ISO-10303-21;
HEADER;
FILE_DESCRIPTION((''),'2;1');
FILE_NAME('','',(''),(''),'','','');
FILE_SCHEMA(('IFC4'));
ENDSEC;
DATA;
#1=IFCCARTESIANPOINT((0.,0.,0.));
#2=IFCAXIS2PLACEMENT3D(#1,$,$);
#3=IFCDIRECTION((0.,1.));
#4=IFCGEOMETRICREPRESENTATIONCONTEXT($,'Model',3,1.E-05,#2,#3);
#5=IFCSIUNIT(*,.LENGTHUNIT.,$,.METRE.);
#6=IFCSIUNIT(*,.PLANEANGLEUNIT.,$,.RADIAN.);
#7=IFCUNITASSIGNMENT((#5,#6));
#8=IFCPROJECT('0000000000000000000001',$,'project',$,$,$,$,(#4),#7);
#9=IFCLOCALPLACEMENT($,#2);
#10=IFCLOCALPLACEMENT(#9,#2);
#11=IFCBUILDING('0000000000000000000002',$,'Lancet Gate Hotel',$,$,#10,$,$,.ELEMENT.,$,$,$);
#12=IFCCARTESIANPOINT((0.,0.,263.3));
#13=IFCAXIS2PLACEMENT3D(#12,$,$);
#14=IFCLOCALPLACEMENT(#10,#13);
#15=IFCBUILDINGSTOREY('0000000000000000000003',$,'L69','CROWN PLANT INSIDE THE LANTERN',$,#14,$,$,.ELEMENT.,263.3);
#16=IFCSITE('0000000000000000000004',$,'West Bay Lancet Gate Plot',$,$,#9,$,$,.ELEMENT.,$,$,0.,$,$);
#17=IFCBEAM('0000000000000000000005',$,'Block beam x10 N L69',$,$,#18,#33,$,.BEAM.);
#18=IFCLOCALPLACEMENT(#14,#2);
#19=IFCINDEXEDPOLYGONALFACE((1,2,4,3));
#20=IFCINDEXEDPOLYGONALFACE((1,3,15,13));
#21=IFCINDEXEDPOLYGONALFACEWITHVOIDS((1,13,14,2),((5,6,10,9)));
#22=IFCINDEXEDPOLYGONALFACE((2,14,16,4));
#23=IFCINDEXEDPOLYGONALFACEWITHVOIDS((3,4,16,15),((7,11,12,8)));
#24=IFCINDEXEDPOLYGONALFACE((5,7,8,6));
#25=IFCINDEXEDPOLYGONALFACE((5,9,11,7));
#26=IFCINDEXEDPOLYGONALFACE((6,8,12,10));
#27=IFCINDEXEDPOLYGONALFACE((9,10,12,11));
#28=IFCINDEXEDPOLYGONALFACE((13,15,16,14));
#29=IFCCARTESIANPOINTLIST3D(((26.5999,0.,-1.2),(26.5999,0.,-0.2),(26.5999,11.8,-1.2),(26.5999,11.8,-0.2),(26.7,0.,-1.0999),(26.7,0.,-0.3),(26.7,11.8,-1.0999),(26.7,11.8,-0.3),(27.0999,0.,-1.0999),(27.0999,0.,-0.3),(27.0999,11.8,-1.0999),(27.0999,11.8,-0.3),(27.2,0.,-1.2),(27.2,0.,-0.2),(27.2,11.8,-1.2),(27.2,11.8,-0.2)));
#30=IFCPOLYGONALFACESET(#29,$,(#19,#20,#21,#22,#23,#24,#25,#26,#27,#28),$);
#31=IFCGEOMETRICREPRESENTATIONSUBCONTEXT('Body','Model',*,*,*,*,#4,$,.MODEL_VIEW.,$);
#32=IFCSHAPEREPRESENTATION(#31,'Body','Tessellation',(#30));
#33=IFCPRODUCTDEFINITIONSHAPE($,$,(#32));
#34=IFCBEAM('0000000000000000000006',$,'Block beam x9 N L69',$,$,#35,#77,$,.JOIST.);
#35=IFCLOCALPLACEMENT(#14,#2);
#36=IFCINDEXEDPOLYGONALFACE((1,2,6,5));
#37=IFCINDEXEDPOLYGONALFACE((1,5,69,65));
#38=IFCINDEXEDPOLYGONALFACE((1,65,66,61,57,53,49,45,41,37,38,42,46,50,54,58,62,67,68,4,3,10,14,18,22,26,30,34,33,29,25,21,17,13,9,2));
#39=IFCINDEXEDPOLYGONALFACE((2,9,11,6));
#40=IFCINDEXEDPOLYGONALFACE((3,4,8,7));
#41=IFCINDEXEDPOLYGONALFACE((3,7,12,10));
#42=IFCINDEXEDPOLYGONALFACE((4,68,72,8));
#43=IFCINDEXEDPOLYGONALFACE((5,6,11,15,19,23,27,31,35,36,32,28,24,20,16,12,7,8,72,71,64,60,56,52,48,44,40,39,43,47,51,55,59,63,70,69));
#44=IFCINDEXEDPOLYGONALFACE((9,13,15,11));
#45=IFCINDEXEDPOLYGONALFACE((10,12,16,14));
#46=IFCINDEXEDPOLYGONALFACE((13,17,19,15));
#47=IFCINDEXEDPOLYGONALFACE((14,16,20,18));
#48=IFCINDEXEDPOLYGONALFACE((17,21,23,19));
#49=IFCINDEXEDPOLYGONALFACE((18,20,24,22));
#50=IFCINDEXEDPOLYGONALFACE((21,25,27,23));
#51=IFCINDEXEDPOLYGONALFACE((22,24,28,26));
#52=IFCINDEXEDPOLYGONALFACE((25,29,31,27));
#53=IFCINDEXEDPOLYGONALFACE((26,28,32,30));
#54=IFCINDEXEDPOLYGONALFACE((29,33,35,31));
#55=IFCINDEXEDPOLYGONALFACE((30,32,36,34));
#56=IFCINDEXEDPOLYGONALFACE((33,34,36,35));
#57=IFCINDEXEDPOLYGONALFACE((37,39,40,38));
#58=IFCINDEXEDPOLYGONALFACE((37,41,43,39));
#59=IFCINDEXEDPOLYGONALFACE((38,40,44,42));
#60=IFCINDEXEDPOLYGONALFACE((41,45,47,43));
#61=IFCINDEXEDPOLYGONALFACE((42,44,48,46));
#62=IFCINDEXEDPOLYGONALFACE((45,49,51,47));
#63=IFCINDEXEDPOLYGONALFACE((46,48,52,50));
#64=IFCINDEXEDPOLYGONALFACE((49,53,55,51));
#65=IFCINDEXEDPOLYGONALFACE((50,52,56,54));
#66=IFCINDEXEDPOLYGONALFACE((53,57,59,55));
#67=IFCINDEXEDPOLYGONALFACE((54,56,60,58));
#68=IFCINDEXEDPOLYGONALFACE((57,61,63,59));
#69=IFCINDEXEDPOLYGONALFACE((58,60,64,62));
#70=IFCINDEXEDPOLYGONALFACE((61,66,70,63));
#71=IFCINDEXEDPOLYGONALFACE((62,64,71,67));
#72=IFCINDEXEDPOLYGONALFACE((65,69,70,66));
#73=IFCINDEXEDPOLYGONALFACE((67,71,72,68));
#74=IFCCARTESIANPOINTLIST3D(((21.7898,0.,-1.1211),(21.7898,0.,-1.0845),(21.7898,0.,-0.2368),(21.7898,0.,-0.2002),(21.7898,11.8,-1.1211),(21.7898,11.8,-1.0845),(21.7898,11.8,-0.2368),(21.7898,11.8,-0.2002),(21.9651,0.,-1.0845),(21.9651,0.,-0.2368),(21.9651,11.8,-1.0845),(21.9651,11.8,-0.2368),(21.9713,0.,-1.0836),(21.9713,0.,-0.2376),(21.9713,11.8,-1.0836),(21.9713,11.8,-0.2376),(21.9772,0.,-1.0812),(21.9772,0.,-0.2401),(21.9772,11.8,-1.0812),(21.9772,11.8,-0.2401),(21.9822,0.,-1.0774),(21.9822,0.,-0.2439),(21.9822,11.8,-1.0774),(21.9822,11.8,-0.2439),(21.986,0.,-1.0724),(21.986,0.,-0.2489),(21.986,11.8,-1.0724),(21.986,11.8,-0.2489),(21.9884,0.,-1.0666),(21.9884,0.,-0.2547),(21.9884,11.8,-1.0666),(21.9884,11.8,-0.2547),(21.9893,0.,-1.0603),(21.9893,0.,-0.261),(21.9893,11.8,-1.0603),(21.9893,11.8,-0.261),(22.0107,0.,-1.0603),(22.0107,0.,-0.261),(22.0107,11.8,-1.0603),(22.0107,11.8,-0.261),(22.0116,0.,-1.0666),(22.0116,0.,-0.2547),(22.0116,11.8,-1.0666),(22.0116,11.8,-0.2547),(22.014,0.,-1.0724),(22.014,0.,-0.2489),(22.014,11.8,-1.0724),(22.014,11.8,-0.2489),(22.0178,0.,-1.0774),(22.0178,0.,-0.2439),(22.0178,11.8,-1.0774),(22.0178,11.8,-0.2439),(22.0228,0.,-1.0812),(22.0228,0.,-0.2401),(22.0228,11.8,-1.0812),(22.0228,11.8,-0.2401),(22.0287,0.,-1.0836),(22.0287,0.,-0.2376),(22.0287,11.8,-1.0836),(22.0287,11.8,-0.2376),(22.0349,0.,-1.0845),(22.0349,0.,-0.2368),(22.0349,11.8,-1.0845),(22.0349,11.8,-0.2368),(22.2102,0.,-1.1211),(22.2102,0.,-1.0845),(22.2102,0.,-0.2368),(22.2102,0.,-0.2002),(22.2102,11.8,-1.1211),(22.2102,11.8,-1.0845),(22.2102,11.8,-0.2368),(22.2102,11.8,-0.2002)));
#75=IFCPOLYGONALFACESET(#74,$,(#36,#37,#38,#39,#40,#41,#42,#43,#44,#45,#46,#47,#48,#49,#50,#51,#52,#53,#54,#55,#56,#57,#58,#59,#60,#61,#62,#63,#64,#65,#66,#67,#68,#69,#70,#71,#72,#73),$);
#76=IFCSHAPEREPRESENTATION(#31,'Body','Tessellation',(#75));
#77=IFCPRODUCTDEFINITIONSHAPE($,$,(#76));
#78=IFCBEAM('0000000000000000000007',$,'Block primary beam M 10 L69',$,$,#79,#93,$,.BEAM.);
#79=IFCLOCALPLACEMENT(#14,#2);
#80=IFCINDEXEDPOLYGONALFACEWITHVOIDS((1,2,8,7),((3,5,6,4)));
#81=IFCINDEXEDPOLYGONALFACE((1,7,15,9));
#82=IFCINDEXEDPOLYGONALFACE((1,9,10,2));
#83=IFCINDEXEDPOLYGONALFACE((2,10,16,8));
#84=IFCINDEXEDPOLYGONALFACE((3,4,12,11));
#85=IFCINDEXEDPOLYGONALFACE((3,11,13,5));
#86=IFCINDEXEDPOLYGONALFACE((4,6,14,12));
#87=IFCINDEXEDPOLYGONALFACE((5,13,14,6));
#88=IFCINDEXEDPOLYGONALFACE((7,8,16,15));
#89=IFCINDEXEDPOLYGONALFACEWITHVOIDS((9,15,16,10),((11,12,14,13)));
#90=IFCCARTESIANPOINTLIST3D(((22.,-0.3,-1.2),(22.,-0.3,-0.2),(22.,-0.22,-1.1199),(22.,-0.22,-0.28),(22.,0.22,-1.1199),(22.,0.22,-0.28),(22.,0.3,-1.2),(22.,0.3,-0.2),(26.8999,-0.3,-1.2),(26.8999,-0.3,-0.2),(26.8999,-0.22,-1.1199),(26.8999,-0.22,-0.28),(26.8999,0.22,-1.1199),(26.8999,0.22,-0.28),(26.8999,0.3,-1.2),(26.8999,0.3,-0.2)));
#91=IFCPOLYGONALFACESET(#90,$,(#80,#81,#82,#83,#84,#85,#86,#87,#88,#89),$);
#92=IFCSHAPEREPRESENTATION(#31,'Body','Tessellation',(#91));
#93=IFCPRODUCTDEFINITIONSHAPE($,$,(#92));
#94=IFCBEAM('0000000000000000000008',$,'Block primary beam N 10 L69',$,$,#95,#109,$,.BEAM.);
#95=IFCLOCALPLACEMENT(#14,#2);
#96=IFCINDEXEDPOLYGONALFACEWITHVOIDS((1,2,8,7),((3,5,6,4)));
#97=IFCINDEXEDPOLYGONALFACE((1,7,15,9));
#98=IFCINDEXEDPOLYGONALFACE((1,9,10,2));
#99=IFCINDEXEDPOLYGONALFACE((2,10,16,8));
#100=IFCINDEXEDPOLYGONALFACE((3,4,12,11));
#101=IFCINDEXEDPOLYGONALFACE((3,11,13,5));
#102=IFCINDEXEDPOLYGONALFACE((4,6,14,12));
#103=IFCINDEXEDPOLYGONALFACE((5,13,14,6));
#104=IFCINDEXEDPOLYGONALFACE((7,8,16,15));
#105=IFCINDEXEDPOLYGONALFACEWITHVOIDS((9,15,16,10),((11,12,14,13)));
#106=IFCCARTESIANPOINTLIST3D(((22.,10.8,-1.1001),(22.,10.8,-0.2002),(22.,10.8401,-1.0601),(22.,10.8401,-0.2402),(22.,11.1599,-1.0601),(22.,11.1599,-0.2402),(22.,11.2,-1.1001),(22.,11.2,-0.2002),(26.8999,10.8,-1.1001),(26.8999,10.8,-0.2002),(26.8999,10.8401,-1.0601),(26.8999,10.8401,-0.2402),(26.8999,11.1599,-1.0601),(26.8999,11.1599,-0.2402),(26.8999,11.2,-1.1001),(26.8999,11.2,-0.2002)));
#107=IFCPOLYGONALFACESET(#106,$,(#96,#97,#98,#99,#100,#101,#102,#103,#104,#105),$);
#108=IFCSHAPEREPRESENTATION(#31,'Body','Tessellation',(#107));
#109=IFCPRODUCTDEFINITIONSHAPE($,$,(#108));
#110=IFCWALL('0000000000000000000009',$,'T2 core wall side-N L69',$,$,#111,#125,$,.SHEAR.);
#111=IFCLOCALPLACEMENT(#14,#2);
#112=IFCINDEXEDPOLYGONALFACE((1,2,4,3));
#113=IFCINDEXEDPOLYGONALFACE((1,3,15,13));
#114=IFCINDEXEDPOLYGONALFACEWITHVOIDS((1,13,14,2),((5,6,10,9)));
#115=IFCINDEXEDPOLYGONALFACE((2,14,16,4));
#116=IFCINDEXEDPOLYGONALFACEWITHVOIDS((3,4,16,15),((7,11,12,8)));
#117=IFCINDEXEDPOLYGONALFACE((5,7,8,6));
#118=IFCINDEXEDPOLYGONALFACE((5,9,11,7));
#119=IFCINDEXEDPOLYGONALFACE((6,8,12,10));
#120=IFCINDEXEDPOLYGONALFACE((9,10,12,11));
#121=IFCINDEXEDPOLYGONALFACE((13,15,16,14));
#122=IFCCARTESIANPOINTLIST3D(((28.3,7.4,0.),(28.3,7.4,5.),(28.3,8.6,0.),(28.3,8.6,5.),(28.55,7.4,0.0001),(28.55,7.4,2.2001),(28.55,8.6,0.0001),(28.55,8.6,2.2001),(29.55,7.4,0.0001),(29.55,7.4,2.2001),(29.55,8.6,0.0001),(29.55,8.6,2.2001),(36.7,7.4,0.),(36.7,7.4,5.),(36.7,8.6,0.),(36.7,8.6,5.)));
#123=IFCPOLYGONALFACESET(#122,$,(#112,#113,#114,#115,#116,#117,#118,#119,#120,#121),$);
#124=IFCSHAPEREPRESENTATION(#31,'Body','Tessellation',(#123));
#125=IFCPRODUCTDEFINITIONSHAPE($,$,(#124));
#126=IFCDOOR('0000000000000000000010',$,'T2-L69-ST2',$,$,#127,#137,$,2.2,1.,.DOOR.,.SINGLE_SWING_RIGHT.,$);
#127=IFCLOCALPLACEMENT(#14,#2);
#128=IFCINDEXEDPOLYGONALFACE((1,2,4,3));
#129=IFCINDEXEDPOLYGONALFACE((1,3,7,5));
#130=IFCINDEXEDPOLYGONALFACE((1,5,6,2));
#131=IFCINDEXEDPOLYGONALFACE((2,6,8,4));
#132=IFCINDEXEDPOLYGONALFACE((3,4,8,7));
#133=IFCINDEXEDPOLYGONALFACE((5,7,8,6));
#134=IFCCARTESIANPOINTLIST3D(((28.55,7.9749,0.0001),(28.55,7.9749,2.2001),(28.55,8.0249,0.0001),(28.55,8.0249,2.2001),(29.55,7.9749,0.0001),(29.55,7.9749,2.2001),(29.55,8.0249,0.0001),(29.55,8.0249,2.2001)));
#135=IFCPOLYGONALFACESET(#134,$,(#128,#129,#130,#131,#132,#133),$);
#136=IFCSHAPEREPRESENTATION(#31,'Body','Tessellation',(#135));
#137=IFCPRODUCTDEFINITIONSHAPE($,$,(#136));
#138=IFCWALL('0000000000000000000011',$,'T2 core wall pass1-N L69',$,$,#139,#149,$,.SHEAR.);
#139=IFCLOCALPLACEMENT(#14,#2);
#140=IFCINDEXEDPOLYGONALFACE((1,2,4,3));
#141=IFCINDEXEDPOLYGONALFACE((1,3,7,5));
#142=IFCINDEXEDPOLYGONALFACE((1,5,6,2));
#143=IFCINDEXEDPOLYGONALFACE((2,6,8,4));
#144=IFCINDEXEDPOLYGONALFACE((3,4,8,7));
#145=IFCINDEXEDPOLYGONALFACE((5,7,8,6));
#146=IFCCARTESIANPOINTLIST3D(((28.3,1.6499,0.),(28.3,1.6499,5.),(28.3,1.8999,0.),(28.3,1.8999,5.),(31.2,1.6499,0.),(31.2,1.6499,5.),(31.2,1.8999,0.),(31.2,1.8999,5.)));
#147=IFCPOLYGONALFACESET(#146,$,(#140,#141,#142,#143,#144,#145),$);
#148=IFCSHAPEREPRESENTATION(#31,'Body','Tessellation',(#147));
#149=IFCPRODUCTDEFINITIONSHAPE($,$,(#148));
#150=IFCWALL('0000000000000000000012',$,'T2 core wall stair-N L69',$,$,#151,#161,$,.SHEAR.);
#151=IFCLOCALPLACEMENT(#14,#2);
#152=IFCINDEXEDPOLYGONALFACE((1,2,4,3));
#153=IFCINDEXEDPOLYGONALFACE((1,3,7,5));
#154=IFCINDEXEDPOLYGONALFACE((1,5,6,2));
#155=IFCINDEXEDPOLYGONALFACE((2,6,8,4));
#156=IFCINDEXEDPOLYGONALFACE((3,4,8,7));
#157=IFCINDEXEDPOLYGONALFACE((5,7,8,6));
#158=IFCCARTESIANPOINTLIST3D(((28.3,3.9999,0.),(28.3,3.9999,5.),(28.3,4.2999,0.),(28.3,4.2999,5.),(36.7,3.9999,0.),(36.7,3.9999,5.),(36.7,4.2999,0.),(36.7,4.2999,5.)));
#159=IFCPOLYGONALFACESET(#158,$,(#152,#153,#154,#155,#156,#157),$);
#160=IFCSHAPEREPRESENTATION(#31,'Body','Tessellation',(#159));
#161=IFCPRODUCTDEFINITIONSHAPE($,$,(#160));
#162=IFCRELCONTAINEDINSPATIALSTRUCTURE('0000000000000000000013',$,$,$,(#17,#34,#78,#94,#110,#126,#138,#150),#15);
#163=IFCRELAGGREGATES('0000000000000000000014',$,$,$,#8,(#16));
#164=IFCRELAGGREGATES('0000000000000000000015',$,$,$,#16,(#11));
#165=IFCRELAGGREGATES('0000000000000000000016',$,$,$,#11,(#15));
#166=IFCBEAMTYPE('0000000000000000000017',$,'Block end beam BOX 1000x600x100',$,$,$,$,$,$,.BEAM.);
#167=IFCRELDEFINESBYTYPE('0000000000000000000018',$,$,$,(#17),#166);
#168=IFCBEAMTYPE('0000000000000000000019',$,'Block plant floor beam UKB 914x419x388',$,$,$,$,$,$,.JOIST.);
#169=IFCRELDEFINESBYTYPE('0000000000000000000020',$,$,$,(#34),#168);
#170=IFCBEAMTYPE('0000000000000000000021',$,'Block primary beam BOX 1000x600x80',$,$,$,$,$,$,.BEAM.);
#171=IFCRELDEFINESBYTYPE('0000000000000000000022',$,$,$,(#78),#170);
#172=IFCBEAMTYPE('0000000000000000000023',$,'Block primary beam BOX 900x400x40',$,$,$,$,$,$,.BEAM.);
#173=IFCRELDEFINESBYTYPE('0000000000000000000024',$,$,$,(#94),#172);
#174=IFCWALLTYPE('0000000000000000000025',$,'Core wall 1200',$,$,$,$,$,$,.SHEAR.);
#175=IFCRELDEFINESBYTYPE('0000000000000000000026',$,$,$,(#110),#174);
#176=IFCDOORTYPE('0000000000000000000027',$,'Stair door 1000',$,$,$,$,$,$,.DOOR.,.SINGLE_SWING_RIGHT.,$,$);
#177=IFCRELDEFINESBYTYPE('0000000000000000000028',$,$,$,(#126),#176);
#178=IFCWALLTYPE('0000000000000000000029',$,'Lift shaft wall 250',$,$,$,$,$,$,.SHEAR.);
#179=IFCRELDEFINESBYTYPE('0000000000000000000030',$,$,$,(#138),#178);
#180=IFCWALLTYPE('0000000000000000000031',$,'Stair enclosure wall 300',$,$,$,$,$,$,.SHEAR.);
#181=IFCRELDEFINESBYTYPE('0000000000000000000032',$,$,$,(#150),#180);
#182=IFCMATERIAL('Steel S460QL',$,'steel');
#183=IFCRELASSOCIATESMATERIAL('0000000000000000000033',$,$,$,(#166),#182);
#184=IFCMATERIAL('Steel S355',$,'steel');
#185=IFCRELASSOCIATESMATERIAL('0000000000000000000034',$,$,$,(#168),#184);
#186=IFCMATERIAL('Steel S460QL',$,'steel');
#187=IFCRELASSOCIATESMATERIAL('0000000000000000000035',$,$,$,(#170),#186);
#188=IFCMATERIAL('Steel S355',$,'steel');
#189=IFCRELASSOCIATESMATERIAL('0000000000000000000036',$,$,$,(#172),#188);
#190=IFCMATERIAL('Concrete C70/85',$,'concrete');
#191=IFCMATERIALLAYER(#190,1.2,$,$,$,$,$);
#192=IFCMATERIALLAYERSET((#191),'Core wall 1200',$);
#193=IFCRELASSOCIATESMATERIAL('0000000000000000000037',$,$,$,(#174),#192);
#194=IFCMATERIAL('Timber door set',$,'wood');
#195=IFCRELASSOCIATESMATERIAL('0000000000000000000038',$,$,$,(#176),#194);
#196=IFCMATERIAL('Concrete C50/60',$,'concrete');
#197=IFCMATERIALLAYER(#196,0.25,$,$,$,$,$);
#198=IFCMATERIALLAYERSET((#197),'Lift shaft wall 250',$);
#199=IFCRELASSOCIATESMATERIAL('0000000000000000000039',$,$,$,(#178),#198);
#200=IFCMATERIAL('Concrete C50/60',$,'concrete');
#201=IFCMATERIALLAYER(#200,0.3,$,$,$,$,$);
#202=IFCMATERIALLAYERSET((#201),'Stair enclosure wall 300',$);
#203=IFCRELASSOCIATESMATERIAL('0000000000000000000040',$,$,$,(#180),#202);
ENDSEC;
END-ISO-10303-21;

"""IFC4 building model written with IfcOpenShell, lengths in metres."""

from ifc_helpers import new_model, si_unit, direction, frame, frame_2d, origin, origin_2d, place, context, subcontext, project, spatial, rectangle, hollow_rectangle, i_section, extrude, material, layer, layer_set, material_profile, profile_set, type_object, element, fill, save


model = new_model("IFC4")

# Units and contexts
model_context = context("Model", 3, precision=1e-05, world=origin(), true_north=direction((0.0, 1.0)))
body_context = subcontext(model_context, "Body", "Model", "MODEL_VIEW")
ifc_project = project(units=[si_unit("LENGTHUNIT", "METRE"), si_unit("PLANEANGLEUNIT", "RADIAN")], contexts=[model_context])

# Site, building, storey
site_placement = place(None, origin())
site = spatial("IfcSite", under=ifc_project, at=site_placement, Name="West Bay Lancet Gate Plot", CompositionType="ELEMENT", RefElevation=0.0)
building_placement = place(site_placement, origin())
building = spatial("IfcBuilding", under=site, at=building_placement, Name="Lancet Gate Hotel", CompositionType="ELEMENT")
storey_placement = place(building_placement, frame((0.0, 0.0, 263.3)))
storey = spatial("IfcBuildingStorey", under=building, at=storey_placement, Name="L69", Description="CROWN PLANT INSIDE THE LANTERN", CompositionType="ELEMENT", Elevation=263.3)

# Beams
ifc_material_1 = material(Name="Steel S460QL", Category="steel")
ifc_material_profile_1 = material_profile(ifc_material_1, hollow_rectangle(XDim=0.6001, YDim=1.0, WallThickness=0.1001, at=origin_2d()), Name="BOX 1000x600x100")
ifc_profile_set_1 = profile_set([ifc_material_profile_1], Name="Steel S460QL")
beam_type_1 = type_object("IfcBeamType", Name="Block end beam BOX 1000x600x100", PredefinedType="BEAM", material=ifc_profile_set_1)
beam_1_placement = place(storey_placement, frame((26.8999, 0.0, -0.7), z_axis=(0.0, 1.0, 0.0), x_axis=(-1.0, 0.0, 0.0)))
element("IfcBeam", 1, at=beam_1_placement, inside=storey, type_object=beam_type_1, Name="Block beam x10 N L69", PredefinedType="BEAM", context=body_context, shape_type="SweptSolid", body=[
    extrude(hollow_rectangle(XDim=0.6001, YDim=1.0, WallThickness=0.1001, at=origin_2d()), origin(), (0.0, 0.0, 1.0), 11.8),
])
ifc_material_2 = material(Name="Steel S355", Category="steel")
ifc_material_profile_2 = material_profile(ifc_material_2, i_section(OverallWidth=0.4204, OverallDepth=0.9209, WebThickness=0.0215, FlangeThickness=0.0366, FilletRadius=0.0242, at=origin_2d()), Name="UKB 914x419x388")
ifc_profile_set_2 = profile_set([ifc_material_profile_2], Name="Steel S355")
beam_type_2 = type_object("IfcBeamType", Name="Block plant floor beam UKB 914x419x388", PredefinedType="JOIST", material=ifc_profile_set_2)
beam_2_placement = place(storey_placement, frame((22.0, 0.0, -0.6606), z_axis=(0.0, 1.0, 0.0), x_axis=(-1.0, 0.0, 0.0)))
element("IfcBeam", 2, at=beam_2_placement, inside=storey, type_object=beam_type_2, Name="Block beam x9 N L69", PredefinedType="JOIST", context=body_context, shape_type="SweptSolid", body=[
    extrude(i_section(OverallWidth=0.4204, OverallDepth=0.9209, WebThickness=0.0215, FlangeThickness=0.0366, FilletRadius=0.0242, at=origin_2d()), origin(), (0.0, 0.0, 1.0), 11.8),
])
ifc_material_3 = material(Name="Steel S460QL", Category="steel")
ifc_material_profile_3 = material_profile(ifc_material_3, hollow_rectangle(XDim=0.6001, YDim=1.0, WallThickness=0.0801, at=origin_2d()), Name="BOX 1000x600x80")
ifc_profile_set_3 = profile_set([ifc_material_profile_3], Name="Steel S460QL")
beam_type_3 = type_object("IfcBeamType", Name="Block primary beam BOX 1000x600x80", PredefinedType="BEAM", material=ifc_profile_set_3)
beam_3_placement = place(storey_placement, frame((22.0, 0.0, -0.7), z_axis=(1.0, 0.0, 0.0), x_axis=(0.0, 1.0, 0.0)))
element("IfcBeam", 3, at=beam_3_placement, inside=storey, type_object=beam_type_3, Name="Block primary beam M 10 L69", PredefinedType="BEAM", context=body_context, shape_type="SweptSolid", body=[
    extrude(hollow_rectangle(XDim=0.6001, YDim=1.0, WallThickness=0.0801, at=origin_2d()), origin(), (0.0, 0.0, 1.0), 4.8999),
])
ifc_material_4 = material(Name="Steel S355", Category="steel")
ifc_material_profile_4 = material_profile(ifc_material_4, hollow_rectangle(XDim=0.3999, YDim=0.8999, WallThickness=0.04, at=origin_2d()), Name="BOX 900x400x40")
ifc_profile_set_4 = profile_set([ifc_material_profile_4], Name="Steel S355")
beam_type_4 = type_object("IfcBeamType", Name="Block primary beam BOX 900x400x40", PredefinedType="BEAM", material=ifc_profile_set_4)
beam_4_placement = place(storey_placement, frame((22.0, 11.0, -0.6501), z_axis=(1.0, 0.0, 0.0), x_axis=(0.0, 1.0, 0.0)))
element("IfcBeam", 4, at=beam_4_placement, inside=storey, type_object=beam_type_4, Name="Block primary beam N 10 L69", PredefinedType="BEAM", context=body_context, shape_type="SweptSolid", body=[
    extrude(hollow_rectangle(XDim=0.3999, YDim=0.8999, WallThickness=0.04, at=origin_2d()), origin(), (0.0, 0.0, 1.0), 4.8999),
])

# Wall, opening, door
ifc_material_5 = material(Name="Concrete C70/85", Category="concrete")
ifc_layer_1 = layer(ifc_material_5, 1.2)
ifc_layer_set_1 = layer_set([ifc_layer_1], Name="Core wall 1200")
wall_type_1 = type_object("IfcWallType", Name="Core wall 1200", PredefinedType="SHEAR", material=ifc_layer_set_1)
wall_1_placement = place(storey_placement, frame((28.3, 8.0, 0.0), z_axis=(0.0, 0.0, 1.0), x_axis=(1.0, 0.0, 0.0)))
wall_1 = element("IfcWall", 5, at=wall_1_placement, inside=storey, type_object=wall_type_1, Name="T2 core wall side-N L69", PredefinedType="SHEAR", context=body_context, shape_type="SweptSolid", body=[
    extrude(rectangle(XDim=8.3999, YDim=1.2, at=frame_2d((4.2, 0.0))), origin(), (0.0, 0.0, 1.0), 5.0),
])
opening_placement = place(wall_1_placement, frame((0.25, 0.0, 0.0)))
opening = element("IfcOpeningElement", 6, at=opening_placement, cuts=wall_1, PredefinedType="OPENING", context=body_context, shape_type="SweptSolid", body=[
    extrude(rectangle(XDim=1.0, YDim=2.2, at=frame_2d((0.5, 1.1001))), frame((0.0, 0.6099, 0.0), z_axis=(0.0, -1.0, 0.0), x_axis=(1.0, 0.0, 0.0)), (0.0, 0.0, 1.0), 1.22),
])
ifc_material_6 = material(Name="Timber door set", Category="wood")
door_type = type_object("IfcDoorType", Name="Stair door 1000", OperationType="SINGLE_SWING_RIGHT", PredefinedType="DOOR", material=ifc_material_6)
door_placement = place(opening_placement, origin())
door = element("IfcDoor", 7, at=door_placement, inside=storey, type_object=door_type, Name="T2-L69-ST2", OperationType="SINGLE_SWING_RIGHT", OverallHeight=2.2, OverallWidth=1.0, PredefinedType="DOOR", context=body_context, shape_type="SweptSolid", body=[
    extrude(rectangle(XDim=1.0, YDim=2.2, at=frame_2d((0.5, 1.1001))), frame((0.0, 0.0249, 0.0), z_axis=(0.0, -1.0, 0.0), x_axis=(1.0, 0.0, 0.0)), (0.0, 0.0, 1.0), 0.05),
])
fill(opening, door)

# Walls
ifc_material_7 = material(Name="Concrete C50/60", Category="concrete")
ifc_layer_2 = layer(ifc_material_7, 0.25)
ifc_layer_set_2 = layer_set([ifc_layer_2], Name="Lift shaft wall 250")
wall_type_2 = type_object("IfcWallType", Name="Lift shaft wall 250", PredefinedType="SHEAR", material=ifc_layer_set_2)
wall_2_placement = place(storey_placement, frame((28.3, 1.7749, 0.0), z_axis=(0.0, 0.0, 1.0), x_axis=(1.0, 0.0, 0.0)))
element("IfcWall", 8, at=wall_2_placement, inside=storey, type_object=wall_type_2, Name="T2 core wall pass1-N L69", PredefinedType="SHEAR", context=body_context, shape_type="SweptSolid", body=[
    extrude(rectangle(XDim=2.8999, YDim=0.25, at=frame_2d((1.45, 0.0))), origin(), (0.0, 0.0, 1.0), 5.0),
])
ifc_material_8 = material(Name="Concrete C50/60", Category="concrete")
ifc_layer_3 = layer(ifc_material_8, 0.3)
ifc_layer_set_3 = layer_set([ifc_layer_3], Name="Stair enclosure wall 300")
wall_type_3 = type_object("IfcWallType", Name="Stair enclosure wall 300", PredefinedType="SHEAR", material=ifc_layer_set_3)
wall_3_placement = place(storey_placement, frame((28.3, 4.1499, 0.0), z_axis=(0.0, 0.0, 1.0), x_axis=(1.0, 0.0, 0.0)))
element("IfcWall", 9, at=wall_3_placement, inside=storey, type_object=wall_type_3, Name="T2 core wall stair-N L69", PredefinedType="SHEAR", context=body_context, shape_type="SweptSolid", body=[
    extrude(rectangle(XDim=8.3999, YDim=0.3, at=frame_2d((4.2, 0.0))), origin(), (0.0, 0.0, 1.0), 5.0),
])

save(model, "model.ifc")
